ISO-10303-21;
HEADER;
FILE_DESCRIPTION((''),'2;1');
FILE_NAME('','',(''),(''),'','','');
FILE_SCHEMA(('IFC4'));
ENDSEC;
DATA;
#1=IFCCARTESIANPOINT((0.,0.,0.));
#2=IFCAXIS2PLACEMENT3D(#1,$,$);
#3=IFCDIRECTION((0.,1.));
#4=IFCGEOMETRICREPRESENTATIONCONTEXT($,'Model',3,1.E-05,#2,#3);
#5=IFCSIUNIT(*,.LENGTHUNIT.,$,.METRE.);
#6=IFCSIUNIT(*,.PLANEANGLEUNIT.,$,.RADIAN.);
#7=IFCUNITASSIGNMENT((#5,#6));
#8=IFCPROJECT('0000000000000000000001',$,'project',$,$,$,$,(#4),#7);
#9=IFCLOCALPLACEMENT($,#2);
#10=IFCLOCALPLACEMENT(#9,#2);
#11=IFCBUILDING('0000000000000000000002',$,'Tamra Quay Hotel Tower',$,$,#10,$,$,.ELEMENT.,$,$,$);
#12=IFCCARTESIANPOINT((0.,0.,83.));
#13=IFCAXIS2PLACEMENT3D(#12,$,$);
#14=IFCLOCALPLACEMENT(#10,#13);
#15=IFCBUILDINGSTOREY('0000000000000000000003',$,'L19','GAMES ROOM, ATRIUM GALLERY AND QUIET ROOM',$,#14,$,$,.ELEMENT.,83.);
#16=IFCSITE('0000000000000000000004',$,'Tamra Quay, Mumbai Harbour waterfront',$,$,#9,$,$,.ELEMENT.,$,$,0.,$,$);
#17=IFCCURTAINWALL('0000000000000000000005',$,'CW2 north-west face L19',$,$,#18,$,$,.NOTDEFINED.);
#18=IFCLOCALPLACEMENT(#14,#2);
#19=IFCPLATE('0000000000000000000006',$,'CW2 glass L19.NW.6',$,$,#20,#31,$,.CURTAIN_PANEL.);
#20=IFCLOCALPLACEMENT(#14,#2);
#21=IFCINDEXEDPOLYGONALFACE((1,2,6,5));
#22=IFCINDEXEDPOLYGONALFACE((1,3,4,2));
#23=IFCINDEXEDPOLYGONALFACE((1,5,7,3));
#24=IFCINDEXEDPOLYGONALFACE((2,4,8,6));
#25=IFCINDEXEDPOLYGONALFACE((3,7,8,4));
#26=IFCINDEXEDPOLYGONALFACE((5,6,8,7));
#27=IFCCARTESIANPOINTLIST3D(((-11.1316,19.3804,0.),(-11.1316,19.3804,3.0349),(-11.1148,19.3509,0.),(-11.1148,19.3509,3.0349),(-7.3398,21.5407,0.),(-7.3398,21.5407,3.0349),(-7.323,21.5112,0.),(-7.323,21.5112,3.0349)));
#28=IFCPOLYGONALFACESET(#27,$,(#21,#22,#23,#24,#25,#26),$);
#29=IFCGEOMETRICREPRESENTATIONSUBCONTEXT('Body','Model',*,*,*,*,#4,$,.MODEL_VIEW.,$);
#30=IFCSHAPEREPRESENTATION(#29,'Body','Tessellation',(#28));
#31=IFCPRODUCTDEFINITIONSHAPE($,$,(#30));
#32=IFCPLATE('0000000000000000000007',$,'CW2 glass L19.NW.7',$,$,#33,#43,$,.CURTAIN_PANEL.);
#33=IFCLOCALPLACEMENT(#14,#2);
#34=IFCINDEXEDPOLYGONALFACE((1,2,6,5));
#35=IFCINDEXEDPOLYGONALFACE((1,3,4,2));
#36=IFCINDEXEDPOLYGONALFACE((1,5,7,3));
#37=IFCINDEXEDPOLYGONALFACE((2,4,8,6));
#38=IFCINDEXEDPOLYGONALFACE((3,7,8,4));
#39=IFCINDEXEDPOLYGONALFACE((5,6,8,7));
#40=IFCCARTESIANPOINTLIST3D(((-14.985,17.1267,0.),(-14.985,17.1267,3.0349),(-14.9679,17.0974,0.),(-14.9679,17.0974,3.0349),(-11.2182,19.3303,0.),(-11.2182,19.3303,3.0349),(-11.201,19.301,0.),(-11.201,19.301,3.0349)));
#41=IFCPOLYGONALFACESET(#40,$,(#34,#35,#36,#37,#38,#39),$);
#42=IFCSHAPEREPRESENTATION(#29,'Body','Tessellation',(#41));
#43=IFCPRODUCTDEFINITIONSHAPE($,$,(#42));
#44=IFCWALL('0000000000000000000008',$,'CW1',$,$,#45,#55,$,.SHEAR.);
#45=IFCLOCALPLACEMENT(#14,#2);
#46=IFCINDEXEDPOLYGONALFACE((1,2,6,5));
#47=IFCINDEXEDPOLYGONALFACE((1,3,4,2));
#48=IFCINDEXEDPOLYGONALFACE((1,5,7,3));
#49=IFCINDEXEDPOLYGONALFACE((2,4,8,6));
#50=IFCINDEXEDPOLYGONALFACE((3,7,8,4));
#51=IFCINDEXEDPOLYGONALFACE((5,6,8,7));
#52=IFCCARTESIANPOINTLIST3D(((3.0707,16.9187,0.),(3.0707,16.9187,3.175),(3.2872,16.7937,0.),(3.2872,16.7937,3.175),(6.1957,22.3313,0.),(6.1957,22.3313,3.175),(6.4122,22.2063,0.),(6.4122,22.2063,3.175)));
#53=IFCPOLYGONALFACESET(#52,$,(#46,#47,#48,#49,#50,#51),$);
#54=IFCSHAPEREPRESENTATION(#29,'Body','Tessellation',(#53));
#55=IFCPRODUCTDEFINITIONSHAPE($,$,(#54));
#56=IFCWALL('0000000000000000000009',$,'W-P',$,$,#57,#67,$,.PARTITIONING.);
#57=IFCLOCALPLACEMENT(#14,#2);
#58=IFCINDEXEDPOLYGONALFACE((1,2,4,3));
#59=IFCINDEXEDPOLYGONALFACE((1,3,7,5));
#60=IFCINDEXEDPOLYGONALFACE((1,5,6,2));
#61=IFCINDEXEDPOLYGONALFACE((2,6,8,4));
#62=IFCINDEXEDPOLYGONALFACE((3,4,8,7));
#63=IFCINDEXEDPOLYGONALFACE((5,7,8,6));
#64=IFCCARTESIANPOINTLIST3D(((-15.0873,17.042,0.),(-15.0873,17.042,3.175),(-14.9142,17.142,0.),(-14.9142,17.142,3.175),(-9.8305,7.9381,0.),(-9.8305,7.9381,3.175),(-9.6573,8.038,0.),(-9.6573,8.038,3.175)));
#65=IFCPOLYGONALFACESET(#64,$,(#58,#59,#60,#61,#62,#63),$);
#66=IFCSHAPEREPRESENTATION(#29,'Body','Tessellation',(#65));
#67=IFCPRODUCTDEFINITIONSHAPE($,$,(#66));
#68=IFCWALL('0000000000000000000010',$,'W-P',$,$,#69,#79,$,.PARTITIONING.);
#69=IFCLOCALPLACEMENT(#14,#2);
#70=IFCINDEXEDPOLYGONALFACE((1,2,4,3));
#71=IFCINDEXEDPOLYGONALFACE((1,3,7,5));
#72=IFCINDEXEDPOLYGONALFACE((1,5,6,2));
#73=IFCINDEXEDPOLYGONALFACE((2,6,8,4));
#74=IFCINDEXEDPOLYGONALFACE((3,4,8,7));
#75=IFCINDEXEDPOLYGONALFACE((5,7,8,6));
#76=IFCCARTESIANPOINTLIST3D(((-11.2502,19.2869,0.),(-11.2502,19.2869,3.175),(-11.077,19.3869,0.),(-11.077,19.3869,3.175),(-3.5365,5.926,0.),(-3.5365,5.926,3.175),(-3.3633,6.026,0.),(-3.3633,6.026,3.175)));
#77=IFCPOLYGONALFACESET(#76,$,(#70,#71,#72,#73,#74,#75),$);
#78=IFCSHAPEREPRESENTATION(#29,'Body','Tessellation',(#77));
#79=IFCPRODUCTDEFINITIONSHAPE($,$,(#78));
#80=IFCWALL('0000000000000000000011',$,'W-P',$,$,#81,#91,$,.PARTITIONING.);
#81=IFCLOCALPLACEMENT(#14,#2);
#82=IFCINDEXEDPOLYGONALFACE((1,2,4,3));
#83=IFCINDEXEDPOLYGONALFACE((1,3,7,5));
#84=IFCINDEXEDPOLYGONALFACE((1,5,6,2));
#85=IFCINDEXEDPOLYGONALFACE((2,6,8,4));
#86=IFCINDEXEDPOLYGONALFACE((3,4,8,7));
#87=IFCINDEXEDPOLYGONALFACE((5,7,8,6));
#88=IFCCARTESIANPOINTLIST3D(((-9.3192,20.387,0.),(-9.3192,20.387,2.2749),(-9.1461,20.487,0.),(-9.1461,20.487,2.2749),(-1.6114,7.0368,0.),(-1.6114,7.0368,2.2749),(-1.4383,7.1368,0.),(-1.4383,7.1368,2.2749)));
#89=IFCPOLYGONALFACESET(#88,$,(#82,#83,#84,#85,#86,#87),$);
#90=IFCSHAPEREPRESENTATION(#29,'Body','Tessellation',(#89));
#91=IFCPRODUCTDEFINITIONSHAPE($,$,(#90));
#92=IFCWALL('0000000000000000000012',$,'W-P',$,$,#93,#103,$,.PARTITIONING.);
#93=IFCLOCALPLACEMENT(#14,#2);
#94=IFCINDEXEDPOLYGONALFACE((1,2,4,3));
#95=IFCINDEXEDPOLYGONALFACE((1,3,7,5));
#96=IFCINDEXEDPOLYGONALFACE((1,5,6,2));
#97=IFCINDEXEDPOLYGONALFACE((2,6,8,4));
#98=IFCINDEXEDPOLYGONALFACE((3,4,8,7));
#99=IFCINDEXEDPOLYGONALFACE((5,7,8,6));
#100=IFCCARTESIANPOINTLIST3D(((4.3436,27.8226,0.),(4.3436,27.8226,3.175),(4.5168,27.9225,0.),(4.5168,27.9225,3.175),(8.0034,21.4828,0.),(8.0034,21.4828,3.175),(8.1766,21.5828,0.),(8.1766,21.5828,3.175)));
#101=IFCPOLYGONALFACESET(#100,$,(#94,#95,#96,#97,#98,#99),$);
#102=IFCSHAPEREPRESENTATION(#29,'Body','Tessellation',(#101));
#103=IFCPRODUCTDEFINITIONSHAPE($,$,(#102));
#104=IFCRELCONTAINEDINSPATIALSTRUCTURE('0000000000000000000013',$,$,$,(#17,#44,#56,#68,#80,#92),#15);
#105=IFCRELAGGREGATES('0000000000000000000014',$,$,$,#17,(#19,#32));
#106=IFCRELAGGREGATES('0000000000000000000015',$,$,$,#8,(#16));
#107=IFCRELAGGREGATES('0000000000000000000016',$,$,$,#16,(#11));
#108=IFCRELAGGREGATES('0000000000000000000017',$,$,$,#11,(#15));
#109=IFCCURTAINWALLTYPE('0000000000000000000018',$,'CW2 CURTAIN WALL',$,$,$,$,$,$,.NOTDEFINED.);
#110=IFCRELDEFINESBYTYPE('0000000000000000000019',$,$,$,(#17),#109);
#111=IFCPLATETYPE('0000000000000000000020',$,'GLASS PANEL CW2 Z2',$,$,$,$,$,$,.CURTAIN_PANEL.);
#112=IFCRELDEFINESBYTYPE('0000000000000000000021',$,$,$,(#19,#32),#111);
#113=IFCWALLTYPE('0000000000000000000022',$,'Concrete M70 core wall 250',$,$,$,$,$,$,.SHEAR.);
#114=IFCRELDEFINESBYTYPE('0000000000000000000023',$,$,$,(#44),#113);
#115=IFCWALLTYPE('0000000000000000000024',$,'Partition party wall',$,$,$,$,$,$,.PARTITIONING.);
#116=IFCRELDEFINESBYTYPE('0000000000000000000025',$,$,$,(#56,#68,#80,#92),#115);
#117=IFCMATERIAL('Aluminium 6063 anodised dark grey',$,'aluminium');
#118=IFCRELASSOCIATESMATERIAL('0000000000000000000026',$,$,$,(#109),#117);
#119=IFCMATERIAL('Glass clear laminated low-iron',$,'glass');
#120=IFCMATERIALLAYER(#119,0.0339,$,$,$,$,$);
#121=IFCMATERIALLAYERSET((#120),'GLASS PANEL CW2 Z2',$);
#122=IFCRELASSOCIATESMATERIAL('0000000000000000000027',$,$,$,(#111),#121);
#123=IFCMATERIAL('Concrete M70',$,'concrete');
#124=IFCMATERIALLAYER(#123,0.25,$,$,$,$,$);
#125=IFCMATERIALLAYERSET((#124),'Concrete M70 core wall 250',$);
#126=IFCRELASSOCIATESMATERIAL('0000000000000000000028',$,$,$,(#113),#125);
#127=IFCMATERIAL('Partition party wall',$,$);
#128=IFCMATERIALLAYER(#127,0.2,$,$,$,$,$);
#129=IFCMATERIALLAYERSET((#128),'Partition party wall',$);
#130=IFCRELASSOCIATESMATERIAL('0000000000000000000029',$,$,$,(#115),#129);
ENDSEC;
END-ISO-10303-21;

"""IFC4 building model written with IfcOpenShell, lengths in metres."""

from ifc_helpers import new_model, si_unit, direction, frame, frame_2d, origin, origin_2d, place, context, subcontext, project, spatial, rectangle, extrude, material, layer, layer_set, type_object, element, aggregate, save


model = new_model("IFC4")

# Units and contexts
model_context = context("Model", 3, precision=1e-05, world=origin(), true_north=direction((0.0, 1.0)))
body_context = subcontext(model_context, "Body", "Model", "MODEL_VIEW")
ifc_project = project(units=[si_unit("LENGTHUNIT", "METRE"), si_unit("PLANEANGLEUNIT", "RADIAN")], contexts=[model_context])

# Site, building, storey
site_placement = place(None, origin())
site = spatial("IfcSite", under=ifc_project, at=site_placement, Name="Tamra Quay, Mumbai Harbour waterfront", CompositionType="ELEMENT", RefElevation=0.0)
building_placement = place(site_placement, origin())
building = spatial("IfcBuilding", under=site, at=building_placement, Name="Tamra Quay Hotel Tower", CompositionType="ELEMENT")
storey_placement = place(building_placement, frame((0.0, 0.0, 83.0)))
storey = spatial("IfcBuildingStorey", under=building, at=storey_placement, Name="L19", Description="GAMES ROOM, ATRIUM GALLERY AND QUIET ROOM", CompositionType="ELEMENT", Elevation=83.0)

# Shared definitions
ifc_material_1 = material(Name="Concrete M70", Category="concrete")

# Curtain wall, plates
ifc_material_2 = material(Name="Aluminium 6063 anodised dark grey", Category="aluminium")
curtain_wall_type = type_object("IfcCurtainWallType", Name="CW2 CURTAIN WALL", PredefinedType="NOTDEFINED", material=ifc_material_2)
curtain_wall_placement = place(storey_placement, origin())
curtain_wall = element("IfcCurtainWall", 1, at=curtain_wall_placement, inside=storey, type_object=curtain_wall_type, Name="CW2 north-west face L19", PredefinedType="NOTDEFINED")
ifc_material_3 = material(Name="Glass clear laminated low-iron", Category="glass")
ifc_layer_1 = layer(ifc_material_3, 0.0339)
ifc_layer_set_1 = layer_set([ifc_layer_1], Name="GLASS PANEL CW2 Z2")
plate_type = type_object("IfcPlateType", Name="GLASS PANEL CW2 Z2", PredefinedType="CURTAIN_PANEL", material=ifc_layer_set_1)
plate_1_placement = place(storey_placement, frame((-9.2273, 20.4458, 0.0), z_axis=(0.0, 0.0, 1.0), x_axis=(-0.868868, -0.495045, 0.0)))
plate_1 = element("IfcPlate", 2, at=plate_1_placement, type_object=plate_type, Name="CW2 glass L19.NW.6", PredefinedType="CURTAIN_PANEL", context=body_context, shape_type="SweptSolid", body=[
    extrude(rectangle(XDim=4.364, YDim=0.0339, at=origin_2d()), origin(), (0.0, 0.0, 1.0), 3.0349),
])
plate_2_placement = place(storey_placement, frame((-13.093, 18.2139, 0.0), z_axis=(0.0, 0.0, 1.0), x_axis=(-0.863155, -0.504939, 0.0)))
plate_2 = element("IfcPlate", 3, at=plate_2_placement, type_object=plate_type, Name="CW2 glass L19.NW.7", PredefinedType="CURTAIN_PANEL", context=body_context, shape_type="SweptSolid", body=[
    extrude(rectangle(XDim=4.364, YDim=0.0339, at=origin_2d()), origin(), (0.0, 0.0, 1.0), 3.0349),
])
aggregate(curtain_wall, [plate_1, plate_2])

# Walls
ifc_layer_2 = layer(ifc_material_1, 0.25)
ifc_layer_set_2 = layer_set([ifc_layer_2], Name="Concrete M70 core wall 250")
wall_type_1 = type_object("IfcWallType", Name="Concrete M70 core wall 250", PredefinedType="SHEAR", material=ifc_layer_set_2)
wall_1_placement = place(storey_placement, frame((3.179, 16.8562, 0.0), z_axis=(0.0, 0.0, 1.0), x_axis=(0.500004, 0.866023, 0.0)))
element("IfcWall", 4, at=wall_1_placement, inside=storey, type_object=wall_type_1, Name="CW1", PredefinedType="SHEAR", context=body_context, shape_type="SweptSolid", body=[
    extrude(rectangle(XDim=6.25, YDim=0.25, at=frame_2d((3.125, 0.0))), origin(), (0.0, 0.0, 1.0), 3.175),
])
ifc_material_4 = material(Name="Partition party wall")
ifc_layer_3 = layer(ifc_material_4, 0.2)
ifc_layer_set_3 = layer_set([ifc_layer_3], Name="Partition party wall")
wall_type_2 = type_object("IfcWallType", Name="Partition party wall", PredefinedType="PARTITIONING", material=ifc_layer_set_3)
wall_2_placement = place(storey_placement, frame((-15.0007, 17.092, 0.0), z_axis=(0.0, 0.0, 1.0), x_axis=(0.500045, -0.865999, 0.0)))
element("IfcWall", 5, at=wall_2_placement, inside=storey, type_object=wall_type_2, Name="W-P", PredefinedType="PARTITIONING", context=body_context, shape_type="SweptSolid", body=[
    extrude(rectangle(XDim=10.5127, YDim=0.2, at=frame_2d((5.2563, 0.0))), origin(), (0.0, 0.0, 1.0), 3.175),
])
wall_3_placement = place(storey_placement, frame((-11.1636, 19.3369, 0.0), z_axis=(0.0, 0.0, 1.0), x_axis=(0.499987, -0.866033, 0.0)))
element("IfcWall", 6, at=wall_3_placement, inside=storey, type_object=wall_type_2, Name="W-P", PredefinedType="PARTITIONING", context=body_context, shape_type="SweptSolid", body=[
    extrude(rectangle(XDim=15.4277, YDim=0.2, at=frame_2d((7.7139, 0.0))), origin(), (0.0, 0.0, 1.0), 3.175),
])
wall_4_placement = place(storey_placement, frame((-9.2327, 20.437, 0.0), z_axis=(0.0, 0.0, 1.0), x_axis=(0.500004, -0.866023, 0.0)))
element("IfcWall", 7, at=wall_4_placement, inside=storey, type_object=wall_type_2, Name="W-P", PredefinedType="PARTITIONING", context=body_context, shape_type="SweptSolid", body=[
    extrude(rectangle(XDim=15.4155, YDim=0.2, at=frame_2d((7.7078, 0.0))), origin(), (0.0, 0.0, 1.0), 2.2749),
])
wall_5_placement = place(storey_placement, frame((4.4302, 27.8726, 0.0), z_axis=(0.0, 0.0, 1.0), x_axis=(0.499959, -0.866049, 0.0)))
element("IfcWall", 8, at=wall_5_placement, inside=storey, type_object=wall_type_2, Name="W-P", PredefinedType="PARTITIONING", context=body_context, shape_type="SweptSolid", body=[
    extrude(rectangle(XDim=7.3203, YDim=0.2, at=frame_2d((3.6602, 0.0))), origin(), (0.0, 0.0, 1.0), 3.175),
])

save(model, "model.ifc")
